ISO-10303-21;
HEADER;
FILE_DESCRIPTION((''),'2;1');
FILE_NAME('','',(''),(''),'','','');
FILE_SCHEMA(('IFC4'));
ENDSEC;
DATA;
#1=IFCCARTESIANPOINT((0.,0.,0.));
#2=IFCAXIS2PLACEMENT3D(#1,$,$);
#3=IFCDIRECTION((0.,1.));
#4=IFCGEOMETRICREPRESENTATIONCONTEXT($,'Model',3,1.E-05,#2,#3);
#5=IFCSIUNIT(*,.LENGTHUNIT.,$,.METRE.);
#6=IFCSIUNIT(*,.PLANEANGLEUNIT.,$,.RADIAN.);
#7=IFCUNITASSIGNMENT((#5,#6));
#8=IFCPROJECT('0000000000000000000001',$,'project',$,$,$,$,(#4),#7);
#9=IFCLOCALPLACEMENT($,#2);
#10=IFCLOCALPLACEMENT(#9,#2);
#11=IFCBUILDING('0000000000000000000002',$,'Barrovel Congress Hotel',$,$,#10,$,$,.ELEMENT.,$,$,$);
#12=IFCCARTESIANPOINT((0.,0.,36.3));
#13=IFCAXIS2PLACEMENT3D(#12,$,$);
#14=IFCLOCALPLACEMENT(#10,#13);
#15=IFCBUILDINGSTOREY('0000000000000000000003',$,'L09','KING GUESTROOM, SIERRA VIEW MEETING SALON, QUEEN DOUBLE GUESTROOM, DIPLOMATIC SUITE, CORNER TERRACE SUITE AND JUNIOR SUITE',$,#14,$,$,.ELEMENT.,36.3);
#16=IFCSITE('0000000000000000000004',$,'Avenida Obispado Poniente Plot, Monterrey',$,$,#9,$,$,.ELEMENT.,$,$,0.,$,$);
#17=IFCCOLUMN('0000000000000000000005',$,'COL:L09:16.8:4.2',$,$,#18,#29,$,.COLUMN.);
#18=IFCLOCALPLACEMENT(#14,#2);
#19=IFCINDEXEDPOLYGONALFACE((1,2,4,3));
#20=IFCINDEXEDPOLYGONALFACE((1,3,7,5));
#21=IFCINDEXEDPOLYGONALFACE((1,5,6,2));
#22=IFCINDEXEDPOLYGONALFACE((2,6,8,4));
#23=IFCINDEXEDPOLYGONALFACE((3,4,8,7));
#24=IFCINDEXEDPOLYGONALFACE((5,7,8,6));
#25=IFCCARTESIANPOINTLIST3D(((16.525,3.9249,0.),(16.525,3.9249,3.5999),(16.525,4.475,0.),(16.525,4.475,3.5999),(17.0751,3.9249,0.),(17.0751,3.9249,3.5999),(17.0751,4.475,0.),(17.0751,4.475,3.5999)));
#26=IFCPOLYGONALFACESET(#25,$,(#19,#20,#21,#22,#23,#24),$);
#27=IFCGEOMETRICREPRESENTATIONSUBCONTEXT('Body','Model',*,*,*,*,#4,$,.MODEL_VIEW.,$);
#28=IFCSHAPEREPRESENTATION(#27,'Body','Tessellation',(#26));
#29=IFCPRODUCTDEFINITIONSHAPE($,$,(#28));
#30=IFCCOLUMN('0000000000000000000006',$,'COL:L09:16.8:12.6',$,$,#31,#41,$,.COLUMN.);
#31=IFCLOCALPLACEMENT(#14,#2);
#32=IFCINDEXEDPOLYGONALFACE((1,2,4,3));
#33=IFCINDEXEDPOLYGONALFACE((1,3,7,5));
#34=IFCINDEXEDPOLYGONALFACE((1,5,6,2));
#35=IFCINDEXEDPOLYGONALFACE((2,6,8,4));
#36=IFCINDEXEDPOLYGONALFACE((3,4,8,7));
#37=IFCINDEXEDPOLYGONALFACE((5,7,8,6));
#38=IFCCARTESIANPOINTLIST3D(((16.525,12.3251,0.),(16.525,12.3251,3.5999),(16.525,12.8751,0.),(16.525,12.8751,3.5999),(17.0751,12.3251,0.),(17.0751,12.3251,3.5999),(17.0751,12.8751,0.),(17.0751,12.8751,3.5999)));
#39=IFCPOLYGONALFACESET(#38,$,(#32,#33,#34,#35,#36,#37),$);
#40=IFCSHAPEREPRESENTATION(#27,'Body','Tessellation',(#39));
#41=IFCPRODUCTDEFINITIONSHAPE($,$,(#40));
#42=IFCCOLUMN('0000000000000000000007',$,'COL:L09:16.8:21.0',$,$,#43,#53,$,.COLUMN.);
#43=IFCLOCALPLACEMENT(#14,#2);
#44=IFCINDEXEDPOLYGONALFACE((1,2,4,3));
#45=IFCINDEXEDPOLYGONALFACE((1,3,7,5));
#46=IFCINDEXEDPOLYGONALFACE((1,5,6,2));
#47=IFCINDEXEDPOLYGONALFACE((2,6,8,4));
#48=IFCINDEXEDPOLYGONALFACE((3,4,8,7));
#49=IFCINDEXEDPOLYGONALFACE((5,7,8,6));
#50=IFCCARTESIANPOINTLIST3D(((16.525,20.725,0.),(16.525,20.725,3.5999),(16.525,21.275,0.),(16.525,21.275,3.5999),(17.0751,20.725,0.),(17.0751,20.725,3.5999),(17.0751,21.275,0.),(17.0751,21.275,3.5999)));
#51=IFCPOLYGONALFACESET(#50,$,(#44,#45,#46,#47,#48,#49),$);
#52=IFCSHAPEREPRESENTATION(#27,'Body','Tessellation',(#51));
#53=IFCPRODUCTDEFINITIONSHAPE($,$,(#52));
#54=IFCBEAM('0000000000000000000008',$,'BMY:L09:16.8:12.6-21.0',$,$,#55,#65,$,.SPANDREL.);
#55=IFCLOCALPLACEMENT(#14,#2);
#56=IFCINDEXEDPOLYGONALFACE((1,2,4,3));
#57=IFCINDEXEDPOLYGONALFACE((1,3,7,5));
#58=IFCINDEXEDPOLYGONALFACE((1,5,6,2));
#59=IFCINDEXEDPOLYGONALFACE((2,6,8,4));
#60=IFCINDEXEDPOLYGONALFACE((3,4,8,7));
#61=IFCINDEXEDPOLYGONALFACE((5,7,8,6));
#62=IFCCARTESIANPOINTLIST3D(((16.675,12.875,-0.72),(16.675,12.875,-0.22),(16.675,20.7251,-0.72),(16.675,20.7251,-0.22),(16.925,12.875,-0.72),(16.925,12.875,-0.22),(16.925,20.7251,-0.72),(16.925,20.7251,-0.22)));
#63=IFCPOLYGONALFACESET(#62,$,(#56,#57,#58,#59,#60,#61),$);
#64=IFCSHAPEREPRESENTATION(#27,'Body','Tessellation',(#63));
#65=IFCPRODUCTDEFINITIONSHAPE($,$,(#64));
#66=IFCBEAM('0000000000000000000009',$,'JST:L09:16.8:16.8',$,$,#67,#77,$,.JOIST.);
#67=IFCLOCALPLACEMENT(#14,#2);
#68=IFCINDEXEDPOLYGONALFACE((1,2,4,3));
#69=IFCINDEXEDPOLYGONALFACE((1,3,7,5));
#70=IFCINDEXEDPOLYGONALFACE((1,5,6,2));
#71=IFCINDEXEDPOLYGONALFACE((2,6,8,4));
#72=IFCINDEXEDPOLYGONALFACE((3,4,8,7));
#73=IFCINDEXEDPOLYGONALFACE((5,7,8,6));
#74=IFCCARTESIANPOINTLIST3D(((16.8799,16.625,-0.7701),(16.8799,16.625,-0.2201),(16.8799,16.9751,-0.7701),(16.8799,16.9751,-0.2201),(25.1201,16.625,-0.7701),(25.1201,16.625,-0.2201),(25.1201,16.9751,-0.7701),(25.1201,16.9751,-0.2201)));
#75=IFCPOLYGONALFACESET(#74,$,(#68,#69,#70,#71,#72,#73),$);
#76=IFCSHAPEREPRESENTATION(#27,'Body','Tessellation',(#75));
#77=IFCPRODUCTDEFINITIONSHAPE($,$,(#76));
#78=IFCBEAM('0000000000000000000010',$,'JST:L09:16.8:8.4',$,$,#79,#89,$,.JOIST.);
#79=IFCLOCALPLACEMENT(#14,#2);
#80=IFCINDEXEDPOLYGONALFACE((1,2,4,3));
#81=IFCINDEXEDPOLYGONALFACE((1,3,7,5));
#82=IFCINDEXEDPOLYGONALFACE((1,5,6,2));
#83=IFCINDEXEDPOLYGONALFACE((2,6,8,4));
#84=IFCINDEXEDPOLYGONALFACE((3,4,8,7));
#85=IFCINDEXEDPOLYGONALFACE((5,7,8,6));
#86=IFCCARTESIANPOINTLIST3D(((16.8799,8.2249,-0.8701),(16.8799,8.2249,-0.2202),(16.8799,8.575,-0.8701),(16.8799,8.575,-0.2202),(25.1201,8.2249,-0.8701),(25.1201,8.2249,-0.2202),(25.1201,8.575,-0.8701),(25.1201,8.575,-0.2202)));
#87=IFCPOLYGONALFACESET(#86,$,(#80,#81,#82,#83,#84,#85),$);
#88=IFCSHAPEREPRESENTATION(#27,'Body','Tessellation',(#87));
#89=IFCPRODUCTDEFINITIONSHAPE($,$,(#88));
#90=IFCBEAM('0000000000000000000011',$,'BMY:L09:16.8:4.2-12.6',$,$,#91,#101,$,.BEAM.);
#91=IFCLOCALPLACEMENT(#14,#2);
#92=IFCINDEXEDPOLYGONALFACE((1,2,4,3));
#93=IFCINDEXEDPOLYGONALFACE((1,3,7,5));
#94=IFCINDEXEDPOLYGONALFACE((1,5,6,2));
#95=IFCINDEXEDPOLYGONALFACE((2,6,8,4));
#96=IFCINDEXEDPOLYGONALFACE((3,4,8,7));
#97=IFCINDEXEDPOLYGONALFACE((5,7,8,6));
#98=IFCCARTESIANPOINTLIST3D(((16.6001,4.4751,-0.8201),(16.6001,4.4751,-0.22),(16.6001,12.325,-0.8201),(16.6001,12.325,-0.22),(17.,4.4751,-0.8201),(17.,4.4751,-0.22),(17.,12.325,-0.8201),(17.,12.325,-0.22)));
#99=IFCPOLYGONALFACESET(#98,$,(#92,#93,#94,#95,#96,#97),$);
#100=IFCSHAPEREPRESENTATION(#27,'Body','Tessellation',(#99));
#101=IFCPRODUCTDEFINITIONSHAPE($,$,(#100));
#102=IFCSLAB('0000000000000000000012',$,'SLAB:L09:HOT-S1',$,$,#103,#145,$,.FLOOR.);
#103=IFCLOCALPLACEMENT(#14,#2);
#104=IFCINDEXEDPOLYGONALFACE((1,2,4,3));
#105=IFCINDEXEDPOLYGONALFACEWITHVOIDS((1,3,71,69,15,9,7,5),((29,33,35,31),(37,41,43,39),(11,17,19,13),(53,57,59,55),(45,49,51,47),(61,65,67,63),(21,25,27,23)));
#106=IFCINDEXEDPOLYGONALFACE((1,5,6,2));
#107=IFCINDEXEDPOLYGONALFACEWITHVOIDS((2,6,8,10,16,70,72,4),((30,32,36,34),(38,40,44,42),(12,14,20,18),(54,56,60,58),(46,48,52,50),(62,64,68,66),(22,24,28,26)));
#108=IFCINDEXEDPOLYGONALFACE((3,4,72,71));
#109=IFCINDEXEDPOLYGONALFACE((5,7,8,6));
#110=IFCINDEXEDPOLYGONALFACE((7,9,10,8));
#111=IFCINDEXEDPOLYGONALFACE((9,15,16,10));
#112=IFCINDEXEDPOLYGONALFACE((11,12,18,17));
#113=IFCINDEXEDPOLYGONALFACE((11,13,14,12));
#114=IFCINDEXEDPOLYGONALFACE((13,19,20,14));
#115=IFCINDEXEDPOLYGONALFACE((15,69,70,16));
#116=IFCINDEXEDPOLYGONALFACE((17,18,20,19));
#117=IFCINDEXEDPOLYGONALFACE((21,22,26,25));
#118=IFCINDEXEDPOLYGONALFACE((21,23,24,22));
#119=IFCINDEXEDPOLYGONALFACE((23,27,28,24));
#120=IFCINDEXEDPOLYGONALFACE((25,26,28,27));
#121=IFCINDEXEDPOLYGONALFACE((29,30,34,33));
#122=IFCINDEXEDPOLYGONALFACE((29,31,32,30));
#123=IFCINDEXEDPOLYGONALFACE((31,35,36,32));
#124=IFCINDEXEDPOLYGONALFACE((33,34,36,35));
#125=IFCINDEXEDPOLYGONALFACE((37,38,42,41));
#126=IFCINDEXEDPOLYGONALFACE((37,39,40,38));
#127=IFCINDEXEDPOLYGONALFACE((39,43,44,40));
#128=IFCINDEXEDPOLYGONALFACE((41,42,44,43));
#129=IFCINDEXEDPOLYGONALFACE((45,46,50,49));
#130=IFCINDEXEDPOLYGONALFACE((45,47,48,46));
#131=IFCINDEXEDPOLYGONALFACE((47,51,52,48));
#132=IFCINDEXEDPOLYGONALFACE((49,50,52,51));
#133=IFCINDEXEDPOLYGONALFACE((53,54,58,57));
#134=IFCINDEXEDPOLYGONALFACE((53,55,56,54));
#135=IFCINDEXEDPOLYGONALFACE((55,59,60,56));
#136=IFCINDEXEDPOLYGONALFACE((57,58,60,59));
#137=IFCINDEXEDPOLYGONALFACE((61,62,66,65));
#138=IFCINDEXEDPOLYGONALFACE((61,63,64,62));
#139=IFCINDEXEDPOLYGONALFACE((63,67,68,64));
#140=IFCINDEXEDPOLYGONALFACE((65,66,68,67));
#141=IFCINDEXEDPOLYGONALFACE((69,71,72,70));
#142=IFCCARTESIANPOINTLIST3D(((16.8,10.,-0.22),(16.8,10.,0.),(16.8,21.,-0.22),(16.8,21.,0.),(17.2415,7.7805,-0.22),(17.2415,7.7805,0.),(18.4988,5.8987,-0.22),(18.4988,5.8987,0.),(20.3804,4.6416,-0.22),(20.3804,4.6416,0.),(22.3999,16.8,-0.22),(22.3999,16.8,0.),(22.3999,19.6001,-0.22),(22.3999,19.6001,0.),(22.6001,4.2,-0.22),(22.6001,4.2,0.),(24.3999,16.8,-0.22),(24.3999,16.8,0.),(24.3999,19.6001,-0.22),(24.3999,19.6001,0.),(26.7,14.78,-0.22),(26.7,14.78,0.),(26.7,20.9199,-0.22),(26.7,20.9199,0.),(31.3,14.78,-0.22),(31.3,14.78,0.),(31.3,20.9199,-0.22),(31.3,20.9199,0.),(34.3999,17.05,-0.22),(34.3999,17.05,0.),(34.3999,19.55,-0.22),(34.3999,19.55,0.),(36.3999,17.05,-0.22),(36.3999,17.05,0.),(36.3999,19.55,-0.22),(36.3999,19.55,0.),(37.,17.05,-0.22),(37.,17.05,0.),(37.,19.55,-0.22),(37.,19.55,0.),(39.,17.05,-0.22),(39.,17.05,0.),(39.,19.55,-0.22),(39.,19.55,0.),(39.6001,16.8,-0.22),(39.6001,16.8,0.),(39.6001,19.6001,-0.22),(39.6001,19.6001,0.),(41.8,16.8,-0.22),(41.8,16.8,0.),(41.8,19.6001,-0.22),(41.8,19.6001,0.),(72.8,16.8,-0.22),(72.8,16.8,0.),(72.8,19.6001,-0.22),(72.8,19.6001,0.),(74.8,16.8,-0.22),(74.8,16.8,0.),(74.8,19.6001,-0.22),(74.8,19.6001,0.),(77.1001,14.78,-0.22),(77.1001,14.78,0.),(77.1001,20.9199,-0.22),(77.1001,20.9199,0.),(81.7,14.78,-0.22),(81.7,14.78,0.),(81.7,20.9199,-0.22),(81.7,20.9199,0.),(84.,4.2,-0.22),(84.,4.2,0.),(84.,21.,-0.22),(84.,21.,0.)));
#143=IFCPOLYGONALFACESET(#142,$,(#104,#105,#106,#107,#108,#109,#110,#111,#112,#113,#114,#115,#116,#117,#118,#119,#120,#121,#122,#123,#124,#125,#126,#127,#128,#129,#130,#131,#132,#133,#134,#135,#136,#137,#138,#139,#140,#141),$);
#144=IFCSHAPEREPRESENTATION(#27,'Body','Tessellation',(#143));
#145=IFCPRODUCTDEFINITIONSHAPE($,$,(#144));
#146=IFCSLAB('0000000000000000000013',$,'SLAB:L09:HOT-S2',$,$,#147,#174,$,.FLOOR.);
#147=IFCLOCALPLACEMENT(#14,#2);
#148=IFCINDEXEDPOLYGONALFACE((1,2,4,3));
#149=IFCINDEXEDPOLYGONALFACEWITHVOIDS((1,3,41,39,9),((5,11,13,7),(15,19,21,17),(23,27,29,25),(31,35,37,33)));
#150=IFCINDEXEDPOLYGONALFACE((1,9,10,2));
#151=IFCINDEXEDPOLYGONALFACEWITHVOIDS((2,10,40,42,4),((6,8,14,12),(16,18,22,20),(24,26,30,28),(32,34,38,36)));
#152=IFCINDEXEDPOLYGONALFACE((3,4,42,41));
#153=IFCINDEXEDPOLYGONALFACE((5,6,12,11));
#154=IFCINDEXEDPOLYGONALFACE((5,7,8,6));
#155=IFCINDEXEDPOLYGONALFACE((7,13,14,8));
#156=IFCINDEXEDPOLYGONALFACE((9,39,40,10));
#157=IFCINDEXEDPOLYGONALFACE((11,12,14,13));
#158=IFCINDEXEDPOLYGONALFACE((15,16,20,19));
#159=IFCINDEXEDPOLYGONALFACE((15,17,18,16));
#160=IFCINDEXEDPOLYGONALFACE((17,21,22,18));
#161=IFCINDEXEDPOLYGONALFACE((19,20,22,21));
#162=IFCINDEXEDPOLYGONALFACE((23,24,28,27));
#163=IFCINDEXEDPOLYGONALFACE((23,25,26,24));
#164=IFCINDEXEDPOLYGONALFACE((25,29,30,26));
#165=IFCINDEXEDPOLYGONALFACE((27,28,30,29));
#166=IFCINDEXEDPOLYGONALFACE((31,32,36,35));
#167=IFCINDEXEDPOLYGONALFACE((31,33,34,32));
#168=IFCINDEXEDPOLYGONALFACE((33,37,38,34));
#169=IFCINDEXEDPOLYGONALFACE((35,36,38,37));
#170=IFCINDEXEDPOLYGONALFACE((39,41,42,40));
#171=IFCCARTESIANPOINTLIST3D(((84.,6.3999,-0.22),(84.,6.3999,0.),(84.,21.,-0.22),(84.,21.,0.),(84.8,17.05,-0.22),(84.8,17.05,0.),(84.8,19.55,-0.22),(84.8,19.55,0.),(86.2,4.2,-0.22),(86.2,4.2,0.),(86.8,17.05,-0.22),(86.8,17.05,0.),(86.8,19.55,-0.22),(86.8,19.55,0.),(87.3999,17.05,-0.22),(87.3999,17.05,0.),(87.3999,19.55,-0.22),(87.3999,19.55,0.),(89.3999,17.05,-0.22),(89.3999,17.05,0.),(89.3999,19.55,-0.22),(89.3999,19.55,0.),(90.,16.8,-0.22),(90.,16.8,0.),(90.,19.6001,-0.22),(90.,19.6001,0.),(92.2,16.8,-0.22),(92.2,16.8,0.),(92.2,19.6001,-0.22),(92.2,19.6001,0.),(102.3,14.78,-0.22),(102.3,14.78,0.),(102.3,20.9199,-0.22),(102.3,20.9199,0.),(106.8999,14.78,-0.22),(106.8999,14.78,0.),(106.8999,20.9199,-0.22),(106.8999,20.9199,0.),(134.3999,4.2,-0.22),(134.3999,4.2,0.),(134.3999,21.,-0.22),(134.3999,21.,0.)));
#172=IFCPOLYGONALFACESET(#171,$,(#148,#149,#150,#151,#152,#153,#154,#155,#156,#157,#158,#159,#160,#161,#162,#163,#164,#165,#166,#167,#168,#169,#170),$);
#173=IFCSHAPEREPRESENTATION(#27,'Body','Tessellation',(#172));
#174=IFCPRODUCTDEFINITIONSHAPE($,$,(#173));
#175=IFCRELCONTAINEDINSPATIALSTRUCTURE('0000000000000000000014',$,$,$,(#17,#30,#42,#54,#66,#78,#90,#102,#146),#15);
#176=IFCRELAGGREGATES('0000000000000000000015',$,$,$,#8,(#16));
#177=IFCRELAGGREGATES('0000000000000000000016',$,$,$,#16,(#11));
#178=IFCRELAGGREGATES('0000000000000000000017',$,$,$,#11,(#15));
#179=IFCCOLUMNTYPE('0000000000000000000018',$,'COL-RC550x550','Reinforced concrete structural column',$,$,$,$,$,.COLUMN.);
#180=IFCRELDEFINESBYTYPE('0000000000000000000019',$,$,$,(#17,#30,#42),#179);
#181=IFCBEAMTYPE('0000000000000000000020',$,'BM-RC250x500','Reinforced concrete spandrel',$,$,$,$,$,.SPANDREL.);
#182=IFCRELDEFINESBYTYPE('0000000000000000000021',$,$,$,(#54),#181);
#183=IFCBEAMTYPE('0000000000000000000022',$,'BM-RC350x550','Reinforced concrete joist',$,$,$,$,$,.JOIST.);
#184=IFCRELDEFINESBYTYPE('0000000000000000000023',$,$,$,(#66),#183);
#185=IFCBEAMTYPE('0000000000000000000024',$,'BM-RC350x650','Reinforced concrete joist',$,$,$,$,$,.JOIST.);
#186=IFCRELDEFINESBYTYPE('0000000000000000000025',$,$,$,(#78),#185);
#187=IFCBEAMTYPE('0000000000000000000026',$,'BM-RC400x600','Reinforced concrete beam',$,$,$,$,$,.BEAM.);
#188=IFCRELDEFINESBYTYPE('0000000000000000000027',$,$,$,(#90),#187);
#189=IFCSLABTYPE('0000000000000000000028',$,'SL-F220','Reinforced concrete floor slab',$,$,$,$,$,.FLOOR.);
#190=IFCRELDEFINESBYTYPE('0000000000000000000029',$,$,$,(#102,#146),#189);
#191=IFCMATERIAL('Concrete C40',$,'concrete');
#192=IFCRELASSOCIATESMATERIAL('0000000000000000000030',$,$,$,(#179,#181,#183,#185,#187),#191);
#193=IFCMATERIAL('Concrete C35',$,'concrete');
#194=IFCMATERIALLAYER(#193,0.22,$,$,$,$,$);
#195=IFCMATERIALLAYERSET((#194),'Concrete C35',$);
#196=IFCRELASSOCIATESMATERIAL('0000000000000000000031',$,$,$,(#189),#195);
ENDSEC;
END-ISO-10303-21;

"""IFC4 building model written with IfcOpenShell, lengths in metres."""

from ifc_helpers import new_model, si_unit, direction, frame, origin, origin_2d, place, context, subcontext, project, spatial, polyline, rectangle, outline, extrude, material, layer, layer_set, material_profile, profile_set, type_object, element, save


model = new_model("IFC4")

# Units and contexts
model_context = context("Model", 3, precision=1e-05, world=origin(), true_north=direction((0.0, 1.0)))
body_context = subcontext(model_context, "Body", "Model", "MODEL_VIEW")
ifc_project = project(units=[si_unit("LENGTHUNIT", "METRE"), si_unit("PLANEANGLEUNIT", "RADIAN")], contexts=[model_context])

# Site, building, storey
site_placement = place(None, origin())
site = spatial("IfcSite", under=ifc_project, at=site_placement, Name="Avenida Obispado Poniente Plot, Monterrey", CompositionType="ELEMENT", RefElevation=0.0)
building_placement = place(site_placement, origin())
building = spatial("IfcBuilding", under=site, at=building_placement, Name="Barrovel Congress Hotel", CompositionType="ELEMENT")
storey_placement = place(building_placement, frame((0.0, 0.0, 36.3)))
storey = spatial("IfcBuildingStorey", under=building, at=storey_placement, Name="L09", Description="KING GUESTROOM, SIERRA VIEW MEETING SALON, QUEEN DOUBLE GUESTROOM, DIPLOMATIC SUITE, CORNER TERRACE SUITE AND JUNIOR SUITE", CompositionType="ELEMENT", Elevation=36.3)

# Columns
ifc_material_1 = material(Name="Concrete C40", Category="concrete")
ifc_material_profile_1 = material_profile(ifc_material_1, rectangle(XDim=0.55, YDim=0.55, at=origin_2d()), Name="RC550x550")
ifc_profile_set_1 = profile_set([ifc_material_profile_1], Name="Concrete C40")
column_type = type_object("IfcColumnType", Name="COL-RC550x550", Description="Reinforced concrete structural column", PredefinedType="COLUMN", material=ifc_profile_set_1)
for number, where, z_axis, x_axis, name in (
    (1, (16.8, 4.2, 0.0), (0.0, 0.0, 1.0), (1.0, 0.0, 0.0), "COL:L09:16.8:4.2"),
    (2, (16.8, 12.6001, 0.0), (0.0, 0.0, 1.0), (1.0, 0.0, 0.0), "COL:L09:16.8:12.6"),
    (3, (16.8, 21.0, 0.0), (0.0, 0.0, 1.0), (1.0, 0.0, 0.0), "COL:L09:16.8:21.0"),
):
    element("IfcColumn", number, at=place(storey_placement, frame(where, z_axis=z_axis, x_axis=x_axis)), inside=storey, type_object=column_type, Name=name, PredefinedType="COLUMN", context=body_context, shape_type="SweptSolid", body=[
        extrude(rectangle(XDim=0.55, YDim=0.55, at=origin_2d()), origin(), (0.0, 0.0, 1.0), 3.5999),
    ])

# Beams
ifc_material_profile_2 = material_profile(ifc_material_1, rectangle(XDim=0.25, YDim=0.5, at=origin_2d()), Name="RC250x500")
ifc_profile_set_2 = profile_set([ifc_material_profile_2], Name="Concrete C40")
beam_type_1 = type_object("IfcBeamType", Name="BM-RC250x500", Description="Reinforced concrete spandrel", PredefinedType="SPANDREL", material=ifc_profile_set_2)
beam_1_placement = place(storey_placement, frame((16.8, 12.875, -0.47), z_axis=(0.0, 1.0, 0.0), x_axis=(-1.0, 0.0, 0.0)))
element("IfcBeam", 4, at=beam_1_placement, inside=storey, type_object=beam_type_1, Name="BMY:L09:16.8:12.6-21.0", PredefinedType="SPANDREL", context=body_context, shape_type="SweptSolid", body=[
    extrude(rectangle(XDim=0.25, YDim=0.5, at=origin_2d()), origin(), (0.0, 0.0, 1.0), 7.8501),
])
ifc_material_profile_3 = material_profile(ifc_material_1, rectangle(XDim=0.3501, YDim=0.55, at=origin_2d()), Name="RC350x550")
ifc_profile_set_3 = profile_set([ifc_material_profile_3], Name="Concrete C40")
beam_type_2 = type_object("IfcBeamType", Name="BM-RC350x550", Description="Reinforced concrete joist", PredefinedType="JOIST", material=ifc_profile_set_3)
beam_2_placement = place(storey_placement, frame((16.8799, 16.8, -0.4951), z_axis=(1.0, 0.0, 0.0), x_axis=(0.0, 1.0, 0.0)))
element("IfcBeam", 5, at=beam_2_placement, inside=storey, type_object=beam_type_2, Name="JST:L09:16.8:16.8", PredefinedType="JOIST", context=body_context, shape_type="SweptSolid", body=[
    extrude(rectangle(XDim=0.3501, YDim=0.55, at=origin_2d()), origin(), (0.0, 0.0, 1.0), 8.2402),
])
ifc_material_profile_4 = material_profile(ifc_material_1, rectangle(XDim=0.3501, YDim=0.6499, at=origin_2d()), Name="RC350x650")
ifc_profile_set_4 = profile_set([ifc_material_profile_4], Name="Concrete C40")
beam_type_3 = type_object("IfcBeamType", Name="BM-RC350x650", Description="Reinforced concrete joist", PredefinedType="JOIST", material=ifc_profile_set_4)
beam_3_placement = place(storey_placement, frame((16.8799, 8.3999, -0.5452), z_axis=(1.0, 0.0, 0.0), x_axis=(0.0, 1.0, 0.0)))
element("IfcBeam", 6, at=beam_3_placement, inside=storey, type_object=beam_type_3, Name="JST:L09:16.8:8.4", PredefinedType="JOIST", context=body_context, shape_type="SweptSolid", body=[
    extrude(rectangle(XDim=0.3501, YDim=0.6499, at=origin_2d()), origin(), (0.0, 0.0, 1.0), 8.2402),
])
ifc_material_profile_5 = material_profile(ifc_material_1, rectangle(XDim=0.3999, YDim=0.6001, at=origin_2d()), Name="RC400x600")
ifc_profile_set_5 = profile_set([ifc_material_profile_5], Name="Concrete C40")
beam_type_4 = type_object("IfcBeamType", Name="BM-RC400x600", Description="Reinforced concrete beam", PredefinedType="BEAM", material=ifc_profile_set_5)
beam_4_placement = place(storey_placement, frame((16.8, 4.4751, -0.52), z_axis=(0.0, 1.0, 0.0), x_axis=(-1.0, 0.0, 0.0)))
element("IfcBeam", 7, at=beam_4_placement, inside=storey, type_object=beam_type_4, Name="BMY:L09:16.8:4.2-12.6", PredefinedType="BEAM", context=body_context, shape_type="SweptSolid", body=[
    extrude(rectangle(XDim=0.3999, YDim=0.6001, at=origin_2d()), origin(), (0.0, 0.0, 1.0), 7.8499),
])

# Slabs
ifc_material_2 = material(Name="Concrete C35", Category="concrete")
ifc_layer_1 = layer(ifc_material_2, 0.22)
ifc_layer_set_1 = layer_set([ifc_layer_1], Name="Concrete C35")
slab_type_1 = type_object("IfcSlabType", Name="SL-F220", Description="Reinforced concrete floor slab", PredefinedType="FLOOR", material=ifc_layer_set_1)
slab_1_placement = place(storey_placement, frame((0.0, 0.0, -0.22)))
element("IfcSlab", 8, at=slab_1_placement, inside=storey, type_object=slab_type_1, Name="SLAB:L09:HOT-S1", PredefinedType="FLOOR", context=body_context, shape_type="SweptSolid", body=[
    extrude(outline(polyline([(16.8, 10.0), (17.2415, 7.7805), (18.4988, 5.8987), (20.3804, 4.6416), (22.6001, 4.2), (84.0, 4.2), (84.0, 21.0), (16.8, 21.0), (16.8, 10.0)]), holes=[polyline([(26.7, 14.78), (26.7, 20.9199), (31.3, 20.9199), (31.3, 14.78), (26.7, 14.78)]), polyline([(77.1001, 14.78), (77.1001, 20.9199), (81.7, 20.9199), (81.7, 14.78), (77.1001, 14.78)]), polyline([(22.3999, 16.8), (22.3999, 19.6001), (24.3999, 19.6001), (24.3999, 16.8), (22.3999, 16.8)]), polyline([(72.8, 16.8), (72.8, 19.6001), (74.8, 19.6001), (74.8, 16.8), (72.8, 16.8)]), polyline([(34.3999, 17.05), (34.3999, 19.55), (36.3999, 19.55), (36.3999, 17.05), (34.3999, 17.05)]), polyline([(37.0, 17.05), (37.0, 19.55), (39.0, 19.55), (39.0, 17.05), (37.0, 17.05)]), polyline([(39.6001, 16.8), (39.6001, 19.6001), (41.8, 19.6001), (41.8, 16.8), (39.6001, 16.8)])]), origin(), (0.0, 0.0, 1.0), 0.22),
])
slab_2_placement = place(storey_placement, frame((0.0, 0.0, -0.22)))
element("IfcSlab", 9, at=slab_2_placement, inside=storey, type_object=slab_type_1, Name="SLAB:L09:HOT-S2", PredefinedType="FLOOR", context=body_context, shape_type="SweptSolid", body=[
    extrude(outline(polyline([(86.2, 4.2), (134.3999, 4.2), (134.3999, 21.0), (84.0, 21.0), (84.0, 6.3999), (86.2, 4.2)]), holes=[polyline([(102.3, 14.78), (102.3, 20.9199), (106.8999, 20.9199), (106.8999, 14.78), (102.3, 14.78)]), polyline([(84.8, 17.05), (84.8, 19.55), (86.8, 19.55), (86.8, 17.05), (84.8, 17.05)]), polyline([(87.3999, 17.05), (87.3999, 19.55), (89.3999, 19.55), (89.3999, 17.05), (87.3999, 17.05)]), polyline([(90.0, 16.8), (90.0, 19.6001), (92.2, 19.6001), (92.2, 16.8), (90.0, 16.8)])]), origin(), (0.0, 0.0, 1.0), 0.22),
])

save(model, "model.ifc")
